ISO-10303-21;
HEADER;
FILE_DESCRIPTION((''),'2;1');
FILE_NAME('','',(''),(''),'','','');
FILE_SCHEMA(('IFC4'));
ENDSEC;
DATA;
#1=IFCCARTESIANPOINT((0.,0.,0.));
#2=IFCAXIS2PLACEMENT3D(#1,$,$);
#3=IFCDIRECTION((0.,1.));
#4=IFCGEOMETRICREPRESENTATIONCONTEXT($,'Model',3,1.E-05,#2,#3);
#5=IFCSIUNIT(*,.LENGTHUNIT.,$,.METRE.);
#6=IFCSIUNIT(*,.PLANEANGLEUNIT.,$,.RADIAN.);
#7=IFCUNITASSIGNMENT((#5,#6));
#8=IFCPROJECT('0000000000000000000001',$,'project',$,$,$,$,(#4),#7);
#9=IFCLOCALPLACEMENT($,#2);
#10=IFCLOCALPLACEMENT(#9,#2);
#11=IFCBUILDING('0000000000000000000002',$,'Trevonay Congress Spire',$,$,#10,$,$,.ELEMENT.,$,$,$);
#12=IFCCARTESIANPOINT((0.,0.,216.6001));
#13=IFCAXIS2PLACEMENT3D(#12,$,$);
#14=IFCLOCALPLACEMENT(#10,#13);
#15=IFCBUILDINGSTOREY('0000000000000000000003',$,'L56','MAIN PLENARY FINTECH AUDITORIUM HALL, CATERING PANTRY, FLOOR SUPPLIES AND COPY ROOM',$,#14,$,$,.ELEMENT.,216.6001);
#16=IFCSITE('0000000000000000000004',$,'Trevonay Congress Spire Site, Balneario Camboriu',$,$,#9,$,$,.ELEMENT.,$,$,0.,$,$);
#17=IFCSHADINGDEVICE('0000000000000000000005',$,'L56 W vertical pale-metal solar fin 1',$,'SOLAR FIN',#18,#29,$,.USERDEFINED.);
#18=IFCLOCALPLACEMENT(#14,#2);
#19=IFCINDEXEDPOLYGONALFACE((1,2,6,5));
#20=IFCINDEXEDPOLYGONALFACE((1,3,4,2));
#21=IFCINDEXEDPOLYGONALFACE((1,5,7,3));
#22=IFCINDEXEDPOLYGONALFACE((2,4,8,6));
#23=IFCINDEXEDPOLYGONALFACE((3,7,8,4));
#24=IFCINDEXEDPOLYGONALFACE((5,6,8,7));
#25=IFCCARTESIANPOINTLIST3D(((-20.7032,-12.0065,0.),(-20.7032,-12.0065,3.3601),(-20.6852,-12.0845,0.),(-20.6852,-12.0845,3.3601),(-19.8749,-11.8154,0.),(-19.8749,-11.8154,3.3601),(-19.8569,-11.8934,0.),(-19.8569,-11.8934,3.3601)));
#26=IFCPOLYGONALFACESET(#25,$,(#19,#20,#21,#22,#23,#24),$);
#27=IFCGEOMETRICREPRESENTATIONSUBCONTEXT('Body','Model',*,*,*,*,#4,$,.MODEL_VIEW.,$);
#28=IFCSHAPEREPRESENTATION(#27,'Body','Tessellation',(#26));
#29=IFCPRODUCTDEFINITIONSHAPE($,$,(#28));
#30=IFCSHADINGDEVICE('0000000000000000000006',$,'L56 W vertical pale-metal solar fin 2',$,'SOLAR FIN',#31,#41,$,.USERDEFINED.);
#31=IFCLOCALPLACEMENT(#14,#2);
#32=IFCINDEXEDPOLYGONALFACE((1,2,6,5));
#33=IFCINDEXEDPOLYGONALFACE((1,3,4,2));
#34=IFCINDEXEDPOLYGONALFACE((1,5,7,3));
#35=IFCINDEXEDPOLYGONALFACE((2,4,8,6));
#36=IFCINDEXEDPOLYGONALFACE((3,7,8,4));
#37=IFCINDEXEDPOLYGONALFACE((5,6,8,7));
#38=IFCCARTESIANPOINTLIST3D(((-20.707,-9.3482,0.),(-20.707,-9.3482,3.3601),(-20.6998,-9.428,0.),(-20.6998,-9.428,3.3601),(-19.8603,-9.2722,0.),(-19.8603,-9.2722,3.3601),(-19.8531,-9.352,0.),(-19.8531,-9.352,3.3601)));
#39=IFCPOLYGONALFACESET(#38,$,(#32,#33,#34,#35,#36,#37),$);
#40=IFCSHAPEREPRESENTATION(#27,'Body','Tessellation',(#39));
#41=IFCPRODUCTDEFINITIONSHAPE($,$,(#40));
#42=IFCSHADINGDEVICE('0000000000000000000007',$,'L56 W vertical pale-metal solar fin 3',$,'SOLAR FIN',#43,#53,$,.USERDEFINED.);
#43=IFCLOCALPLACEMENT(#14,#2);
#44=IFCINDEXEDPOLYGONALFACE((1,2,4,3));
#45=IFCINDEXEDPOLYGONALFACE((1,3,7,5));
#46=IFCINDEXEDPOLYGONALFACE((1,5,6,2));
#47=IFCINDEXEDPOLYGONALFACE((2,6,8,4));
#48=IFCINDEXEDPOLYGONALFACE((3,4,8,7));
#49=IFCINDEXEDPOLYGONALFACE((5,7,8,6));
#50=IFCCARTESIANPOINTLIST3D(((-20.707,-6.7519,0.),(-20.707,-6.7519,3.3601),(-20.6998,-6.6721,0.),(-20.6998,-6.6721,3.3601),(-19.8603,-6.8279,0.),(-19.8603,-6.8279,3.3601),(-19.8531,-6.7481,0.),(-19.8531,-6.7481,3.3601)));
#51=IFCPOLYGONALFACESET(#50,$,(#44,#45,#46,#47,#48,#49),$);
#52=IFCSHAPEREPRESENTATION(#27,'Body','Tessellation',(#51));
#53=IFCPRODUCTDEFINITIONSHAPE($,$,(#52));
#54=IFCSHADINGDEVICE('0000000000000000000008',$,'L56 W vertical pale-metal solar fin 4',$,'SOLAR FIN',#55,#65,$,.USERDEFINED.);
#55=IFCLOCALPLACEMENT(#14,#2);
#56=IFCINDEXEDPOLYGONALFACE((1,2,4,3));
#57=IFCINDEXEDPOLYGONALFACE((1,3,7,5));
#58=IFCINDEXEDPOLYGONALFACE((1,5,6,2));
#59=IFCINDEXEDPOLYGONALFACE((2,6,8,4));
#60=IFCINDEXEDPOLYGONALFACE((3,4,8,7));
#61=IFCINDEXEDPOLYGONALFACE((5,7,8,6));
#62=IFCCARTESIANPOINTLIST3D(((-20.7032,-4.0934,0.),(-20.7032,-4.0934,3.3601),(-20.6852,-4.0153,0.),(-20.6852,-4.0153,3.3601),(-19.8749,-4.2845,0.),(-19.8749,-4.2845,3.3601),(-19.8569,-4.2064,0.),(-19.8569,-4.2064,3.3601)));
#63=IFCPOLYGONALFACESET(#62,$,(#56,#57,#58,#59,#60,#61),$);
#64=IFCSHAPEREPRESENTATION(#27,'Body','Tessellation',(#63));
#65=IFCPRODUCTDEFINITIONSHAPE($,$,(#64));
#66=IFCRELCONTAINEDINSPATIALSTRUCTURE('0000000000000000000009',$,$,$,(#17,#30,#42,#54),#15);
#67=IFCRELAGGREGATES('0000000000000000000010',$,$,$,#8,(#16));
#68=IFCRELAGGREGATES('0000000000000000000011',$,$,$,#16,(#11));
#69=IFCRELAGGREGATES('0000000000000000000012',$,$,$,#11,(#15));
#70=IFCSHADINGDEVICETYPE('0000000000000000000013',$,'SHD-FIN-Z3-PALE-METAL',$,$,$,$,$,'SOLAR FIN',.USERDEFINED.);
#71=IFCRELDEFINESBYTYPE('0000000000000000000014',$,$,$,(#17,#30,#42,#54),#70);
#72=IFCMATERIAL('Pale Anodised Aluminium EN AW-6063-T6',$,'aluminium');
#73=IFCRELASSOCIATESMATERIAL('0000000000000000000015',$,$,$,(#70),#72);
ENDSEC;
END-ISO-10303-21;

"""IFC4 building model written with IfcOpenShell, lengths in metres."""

from ifc_helpers import new_model, si_unit, direction, frame, origin, origin_2d, place, context, subcontext, project, spatial, rectangle, extrude, material, type_object, element, save


model = new_model("IFC4")

# Units and contexts
model_context = context("Model", 3, precision=1e-05, world=origin(), true_north=direction((0.0, 1.0)))
body_context = subcontext(model_context, "Body", "Model", "MODEL_VIEW")
ifc_project = project(units=[si_unit("LENGTHUNIT", "METRE"), si_unit("PLANEANGLEUNIT", "RADIAN")], contexts=[model_context])

# Site, building, storey
site_placement = place(None, origin())
site = spatial("IfcSite", under=ifc_project, at=site_placement, Name="Trevonay Congress Spire Site, Balneario Camboriu", CompositionType="ELEMENT", RefElevation=0.0)
building_placement = place(site_placement, origin())
building = spatial("IfcBuilding", under=site, at=building_placement, Name="Trevonay Congress Spire", CompositionType="ELEMENT")
storey_placement = place(building_placement, frame((0.0, 0.0, 216.6001)))
storey = spatial("IfcBuildingStorey", under=building, at=storey_placement, Name="L56", Description="MAIN PLENARY FINTECH AUDITORIUM HALL, CATERING PANTRY, FLOOR SUPPLIES AND COPY ROOM", CompositionType="ELEMENT", Elevation=216.6001)

# Shared definitions
ifc_material_1 = material(Name="Pale Anodised Aluminium EN AW-6063-T6", Category="aluminium")

# Shading devices
shading_device_type = type_object("IfcShadingDeviceType", Name="SHD-FIN-Z3-PALE-METAL", ElementType="SOLAR FIN", PredefinedType="USERDEFINED", material=ifc_material_1)
for number, where, z_axis, x_axis, name in (
    (1, (-20.28, -11.95, 0.0), (0.0, 0.0, 1.0), (-0.224781, 0.974409, 0.0), "L56 W vertical pale-metal solar fin 1"),
    (2, (-20.28, -9.3501, 0.0), (0.0, 0.0, 1.0), (-0.089416, 0.995994, 0.0), "L56 W vertical pale-metal solar fin 2"),
    (3, (-20.28, -6.75, 0.0), (0.0, 0.0, 1.0), (0.089416, 0.995994, 0.0), "L56 W vertical pale-metal solar fin 3"),
    (4, (-20.28, -4.1499, 0.0), (0.0, 0.0, 1.0), (0.224781, 0.974409, 0.0), "L56 W vertical pale-metal solar fin 4"),
):
    element("IfcShadingDevice", number, at=place(storey_placement, frame(where, z_axis=z_axis, x_axis=x_axis)), inside=storey, type_object=shading_device_type, Name=name, ObjectType="SOLAR FIN", PredefinedType="USERDEFINED", context=body_context, shape_type="SweptSolid", body=[
        extrude(rectangle(XDim=0.0801, YDim=0.8501, at=origin_2d()), origin(), (0.0, 0.0, 1.0), 3.3601),
    ])

save(model, "model.ifc")
